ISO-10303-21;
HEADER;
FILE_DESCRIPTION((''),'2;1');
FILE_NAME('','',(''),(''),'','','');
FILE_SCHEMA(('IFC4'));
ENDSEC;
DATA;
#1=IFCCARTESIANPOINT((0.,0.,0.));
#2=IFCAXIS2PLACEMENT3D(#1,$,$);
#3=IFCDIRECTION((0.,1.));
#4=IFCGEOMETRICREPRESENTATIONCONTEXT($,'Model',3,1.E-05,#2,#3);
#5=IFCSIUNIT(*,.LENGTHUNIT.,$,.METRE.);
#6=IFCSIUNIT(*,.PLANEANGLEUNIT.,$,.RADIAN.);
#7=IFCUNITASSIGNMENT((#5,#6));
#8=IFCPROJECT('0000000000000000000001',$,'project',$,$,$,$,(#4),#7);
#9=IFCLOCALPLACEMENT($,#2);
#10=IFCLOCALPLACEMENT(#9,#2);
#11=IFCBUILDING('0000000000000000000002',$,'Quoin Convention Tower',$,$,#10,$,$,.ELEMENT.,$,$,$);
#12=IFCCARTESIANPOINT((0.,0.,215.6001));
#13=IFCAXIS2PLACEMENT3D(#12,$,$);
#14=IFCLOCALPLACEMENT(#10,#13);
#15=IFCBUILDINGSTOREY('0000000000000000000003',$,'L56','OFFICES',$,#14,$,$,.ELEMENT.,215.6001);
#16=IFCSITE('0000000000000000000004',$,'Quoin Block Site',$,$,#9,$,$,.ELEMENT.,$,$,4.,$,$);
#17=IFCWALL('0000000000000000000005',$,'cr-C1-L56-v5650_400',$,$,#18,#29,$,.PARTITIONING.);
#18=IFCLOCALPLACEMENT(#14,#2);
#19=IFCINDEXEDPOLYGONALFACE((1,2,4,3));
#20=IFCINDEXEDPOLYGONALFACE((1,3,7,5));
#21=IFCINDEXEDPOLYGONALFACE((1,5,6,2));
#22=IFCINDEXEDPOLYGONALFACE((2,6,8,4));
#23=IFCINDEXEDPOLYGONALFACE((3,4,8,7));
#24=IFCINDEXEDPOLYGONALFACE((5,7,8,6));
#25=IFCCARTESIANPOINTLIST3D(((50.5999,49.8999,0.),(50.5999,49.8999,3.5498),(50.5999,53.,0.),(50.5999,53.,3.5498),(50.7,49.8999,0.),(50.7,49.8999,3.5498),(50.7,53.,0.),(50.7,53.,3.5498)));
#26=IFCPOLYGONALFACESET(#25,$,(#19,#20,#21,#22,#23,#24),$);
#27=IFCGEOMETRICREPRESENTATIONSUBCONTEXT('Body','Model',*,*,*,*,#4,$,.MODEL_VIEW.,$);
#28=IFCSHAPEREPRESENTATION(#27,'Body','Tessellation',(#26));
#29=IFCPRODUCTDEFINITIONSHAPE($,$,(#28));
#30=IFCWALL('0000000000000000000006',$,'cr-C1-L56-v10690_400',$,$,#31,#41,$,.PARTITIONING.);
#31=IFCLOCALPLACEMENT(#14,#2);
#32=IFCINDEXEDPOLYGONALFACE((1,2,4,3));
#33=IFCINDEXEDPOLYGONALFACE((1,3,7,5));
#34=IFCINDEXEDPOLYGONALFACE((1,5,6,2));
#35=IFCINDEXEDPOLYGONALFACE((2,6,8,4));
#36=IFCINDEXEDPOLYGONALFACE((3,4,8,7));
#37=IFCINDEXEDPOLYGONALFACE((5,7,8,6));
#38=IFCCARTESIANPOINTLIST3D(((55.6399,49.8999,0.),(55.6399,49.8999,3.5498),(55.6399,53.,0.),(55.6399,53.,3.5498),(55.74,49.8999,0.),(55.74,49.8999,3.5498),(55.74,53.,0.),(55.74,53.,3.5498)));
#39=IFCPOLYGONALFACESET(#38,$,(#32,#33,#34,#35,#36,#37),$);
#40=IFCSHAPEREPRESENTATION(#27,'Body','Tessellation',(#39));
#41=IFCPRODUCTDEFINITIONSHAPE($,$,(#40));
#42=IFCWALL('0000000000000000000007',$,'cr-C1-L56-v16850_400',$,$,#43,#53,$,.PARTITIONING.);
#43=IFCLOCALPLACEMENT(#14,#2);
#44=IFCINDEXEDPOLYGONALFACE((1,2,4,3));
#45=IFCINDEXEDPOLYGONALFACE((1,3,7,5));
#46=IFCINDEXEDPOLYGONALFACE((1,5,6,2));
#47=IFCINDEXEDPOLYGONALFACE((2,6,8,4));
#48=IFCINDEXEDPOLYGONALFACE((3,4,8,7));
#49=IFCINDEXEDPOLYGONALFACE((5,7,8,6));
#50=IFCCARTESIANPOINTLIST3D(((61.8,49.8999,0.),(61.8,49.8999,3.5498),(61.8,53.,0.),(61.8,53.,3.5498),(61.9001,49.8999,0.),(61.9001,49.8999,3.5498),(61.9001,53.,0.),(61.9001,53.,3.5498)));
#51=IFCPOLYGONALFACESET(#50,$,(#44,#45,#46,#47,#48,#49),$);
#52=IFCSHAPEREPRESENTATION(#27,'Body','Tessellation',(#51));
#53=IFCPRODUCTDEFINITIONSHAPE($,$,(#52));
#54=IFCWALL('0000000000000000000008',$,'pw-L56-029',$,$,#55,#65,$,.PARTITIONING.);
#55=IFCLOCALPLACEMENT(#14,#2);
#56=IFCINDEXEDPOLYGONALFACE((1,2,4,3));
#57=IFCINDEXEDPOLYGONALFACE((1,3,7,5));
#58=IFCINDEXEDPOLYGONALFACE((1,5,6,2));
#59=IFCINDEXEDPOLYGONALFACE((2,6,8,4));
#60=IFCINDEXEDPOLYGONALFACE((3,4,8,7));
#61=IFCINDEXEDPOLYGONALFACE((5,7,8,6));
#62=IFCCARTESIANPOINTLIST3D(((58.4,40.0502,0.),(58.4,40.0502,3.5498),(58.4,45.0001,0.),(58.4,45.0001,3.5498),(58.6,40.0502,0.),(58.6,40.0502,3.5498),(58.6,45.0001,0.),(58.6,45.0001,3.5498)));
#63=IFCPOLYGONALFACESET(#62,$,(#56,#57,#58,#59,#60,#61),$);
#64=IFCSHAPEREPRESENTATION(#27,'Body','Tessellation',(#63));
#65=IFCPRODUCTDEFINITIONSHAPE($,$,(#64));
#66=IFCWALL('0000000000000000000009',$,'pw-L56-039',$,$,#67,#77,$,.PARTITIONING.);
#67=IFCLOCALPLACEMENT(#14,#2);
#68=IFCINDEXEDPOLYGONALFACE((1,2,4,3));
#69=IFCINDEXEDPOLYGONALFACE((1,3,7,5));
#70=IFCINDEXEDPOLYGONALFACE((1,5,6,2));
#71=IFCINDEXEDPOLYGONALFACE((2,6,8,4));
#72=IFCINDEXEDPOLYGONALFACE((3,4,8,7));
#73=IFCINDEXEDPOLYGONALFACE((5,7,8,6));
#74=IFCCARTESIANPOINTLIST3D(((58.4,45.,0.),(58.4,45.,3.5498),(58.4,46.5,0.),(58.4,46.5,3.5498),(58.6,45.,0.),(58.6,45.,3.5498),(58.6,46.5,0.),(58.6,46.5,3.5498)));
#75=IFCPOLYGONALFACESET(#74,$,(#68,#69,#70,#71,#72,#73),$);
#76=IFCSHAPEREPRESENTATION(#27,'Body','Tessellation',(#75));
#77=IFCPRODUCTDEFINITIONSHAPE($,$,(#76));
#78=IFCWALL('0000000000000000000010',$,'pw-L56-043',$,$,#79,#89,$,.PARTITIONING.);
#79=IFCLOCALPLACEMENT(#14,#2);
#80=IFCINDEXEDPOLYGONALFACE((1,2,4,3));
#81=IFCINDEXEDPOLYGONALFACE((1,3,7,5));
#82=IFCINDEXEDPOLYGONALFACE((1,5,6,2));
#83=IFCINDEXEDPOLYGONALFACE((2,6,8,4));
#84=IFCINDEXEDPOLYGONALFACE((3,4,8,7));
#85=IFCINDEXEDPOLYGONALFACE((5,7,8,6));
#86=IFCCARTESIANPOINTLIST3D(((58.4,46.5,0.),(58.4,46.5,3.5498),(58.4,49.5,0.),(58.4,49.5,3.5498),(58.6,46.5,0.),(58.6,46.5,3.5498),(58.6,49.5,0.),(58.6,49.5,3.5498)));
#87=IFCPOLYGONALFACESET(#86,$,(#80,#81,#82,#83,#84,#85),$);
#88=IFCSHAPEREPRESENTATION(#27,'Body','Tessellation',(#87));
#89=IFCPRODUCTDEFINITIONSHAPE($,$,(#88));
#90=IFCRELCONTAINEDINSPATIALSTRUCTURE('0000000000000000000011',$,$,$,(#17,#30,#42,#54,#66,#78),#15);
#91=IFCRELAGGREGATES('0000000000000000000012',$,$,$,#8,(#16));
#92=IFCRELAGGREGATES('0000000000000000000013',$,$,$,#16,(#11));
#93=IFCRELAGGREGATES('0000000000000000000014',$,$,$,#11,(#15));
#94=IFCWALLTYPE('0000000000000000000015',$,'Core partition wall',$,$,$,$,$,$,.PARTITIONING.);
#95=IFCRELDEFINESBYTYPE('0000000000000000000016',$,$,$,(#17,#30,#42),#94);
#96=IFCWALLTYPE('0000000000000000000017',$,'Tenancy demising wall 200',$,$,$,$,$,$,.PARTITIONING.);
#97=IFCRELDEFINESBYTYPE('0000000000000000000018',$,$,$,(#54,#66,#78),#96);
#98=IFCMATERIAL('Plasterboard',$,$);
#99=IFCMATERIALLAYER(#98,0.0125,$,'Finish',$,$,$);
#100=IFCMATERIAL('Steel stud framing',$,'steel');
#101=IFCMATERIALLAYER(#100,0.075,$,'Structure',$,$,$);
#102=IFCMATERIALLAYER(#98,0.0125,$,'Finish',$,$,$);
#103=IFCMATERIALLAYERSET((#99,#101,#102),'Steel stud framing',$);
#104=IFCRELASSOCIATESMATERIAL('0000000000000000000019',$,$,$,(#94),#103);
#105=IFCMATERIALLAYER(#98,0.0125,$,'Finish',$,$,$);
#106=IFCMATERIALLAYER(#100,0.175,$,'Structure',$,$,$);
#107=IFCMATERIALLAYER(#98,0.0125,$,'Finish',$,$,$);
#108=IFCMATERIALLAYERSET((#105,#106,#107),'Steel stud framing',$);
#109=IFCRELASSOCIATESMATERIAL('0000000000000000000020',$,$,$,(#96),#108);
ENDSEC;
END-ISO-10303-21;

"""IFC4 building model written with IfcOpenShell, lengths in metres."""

from ifc_helpers import new_model, si_unit, direction, frame, frame_2d, origin, place, context, subcontext, project, spatial, rectangle, extrude, material, layer, layer_set, type_object, element, save


model = new_model("IFC4")

# Units and contexts
model_context = context("Model", 3, precision=1e-05, world=origin(), true_north=direction((0.0, 1.0)))
body_context = subcontext(model_context, "Body", "Model", "MODEL_VIEW")
ifc_project = project(units=[si_unit("LENGTHUNIT", "METRE"), si_unit("PLANEANGLEUNIT", "RADIAN")], contexts=[model_context])

# Site, building, storey
site_placement = place(None, origin())
site = spatial("IfcSite", under=ifc_project, at=site_placement, Name="Quoin Block Site", CompositionType="ELEMENT", RefElevation=4.0)
building_placement = place(site_placement, origin())
building = spatial("IfcBuilding", under=site, at=building_placement, Name="Quoin Convention Tower", CompositionType="ELEMENT")
storey_placement = place(building_placement, frame((0.0, 0.0, 215.6001)))
storey = spatial("IfcBuildingStorey", under=building, at=storey_placement, Name="L56", Description="OFFICES", CompositionType="ELEMENT", Elevation=215.6001)

# Shared definitions
ifc_material_1 = material(Name="Plasterboard")
ifc_material_2 = material(Name="Steel stud framing", Category="steel")

# Walls
ifc_layer_1 = layer(ifc_material_1, 0.0125, Name="Finish")
ifc_layer_2 = layer(ifc_material_2, 0.075, Name="Structure")
ifc_layer_3 = layer(ifc_material_1, 0.0125, Name="Finish")
ifc_layer_set_1 = layer_set([ifc_layer_1, ifc_layer_2, ifc_layer_3], Name="Steel stud framing")
wall_type_1 = type_object("IfcWallType", Name="Core partition wall", PredefinedType="PARTITIONING", material=ifc_layer_set_1)
for number, where, z_axis, x_axis, name in (
    (1, (50.6499, 49.8999, 0.0), (0.0, 0.0, 1.0), (0.0, 1.0, 0.0), "cr-C1-L56-v5650_400"),
    (2, (55.6899, 49.8999, 0.0), (0.0, 0.0, 1.0), (0.0, 1.0, 0.0), "cr-C1-L56-v10690_400"),
    (3, (61.8501, 49.8999, 0.0), (0.0, 0.0, 1.0), (0.0, 1.0, 0.0), "cr-C1-L56-v16850_400"),
):
    element("IfcWall", number, at=place(storey_placement, frame(where, z_axis=z_axis, x_axis=x_axis)), inside=storey, type_object=wall_type_1, Name=name, PredefinedType="PARTITIONING", context=body_context, shape_type="SweptSolid", body=[
        extrude(rectangle(XDim=3.1001, YDim=0.1001, at=frame_2d((1.55, 0.0))), origin(), (0.0, 0.0, 1.0), 3.5498),
    ])
ifc_layer_4 = layer(ifc_material_1, 0.0125, Name="Finish")
ifc_layer_5 = layer(ifc_material_2, 0.175, Name="Structure")
ifc_layer_6 = layer(ifc_material_1, 0.0125, Name="Finish")
ifc_layer_set_2 = layer_set([ifc_layer_4, ifc_layer_5, ifc_layer_6], Name="Steel stud framing")
wall_type_2 = type_object("IfcWallType", Name="Tenancy demising wall 200", PredefinedType="PARTITIONING", material=ifc_layer_set_2)
wall_1_placement = place(storey_placement, frame((58.5, 40.05, 0.0), z_axis=(0.0, 0.0, 1.0), x_axis=(0.0, 1.0, 0.0)))
element("IfcWall", 4, at=wall_1_placement, inside=storey, type_object=wall_type_2, Name="pw-L56-029", PredefinedType="PARTITIONING", context=body_context, shape_type="SweptSolid", body=[
    extrude(rectangle(XDim=4.95, YDim=0.2, at=frame_2d((2.4751, 0.0))), origin(), (0.0, 0.0, 1.0), 3.5498),
])
wall_2_placement = place(storey_placement, frame((58.5, 45.0, 0.0), z_axis=(0.0, 0.0, 1.0), x_axis=(0.0, 1.0, 0.0)))
element("IfcWall", 5, at=wall_2_placement, inside=storey, type_object=wall_type_2, Name="pw-L56-039", PredefinedType="PARTITIONING", context=body_context, shape_type="SweptSolid", body=[
    extrude(rectangle(XDim=1.5, YDim=0.2, at=frame_2d((0.75, 0.0))), origin(), (0.0, 0.0, 1.0), 3.5498),
])
wall_3_placement = place(storey_placement, frame((58.5, 46.5, 0.0), z_axis=(0.0, 0.0, 1.0), x_axis=(0.0, 1.0, 0.0)))
element("IfcWall", 6, at=wall_3_placement, inside=storey, type_object=wall_type_2, Name="pw-L56-043", PredefinedType="PARTITIONING", context=body_context, shape_type="SweptSolid", body=[
    extrude(rectangle(XDim=3.0, YDim=0.2, at=frame_2d((1.5, 0.0))), origin(), (0.0, 0.0, 1.0), 3.5498),
])

save(model, "model.ifc")
